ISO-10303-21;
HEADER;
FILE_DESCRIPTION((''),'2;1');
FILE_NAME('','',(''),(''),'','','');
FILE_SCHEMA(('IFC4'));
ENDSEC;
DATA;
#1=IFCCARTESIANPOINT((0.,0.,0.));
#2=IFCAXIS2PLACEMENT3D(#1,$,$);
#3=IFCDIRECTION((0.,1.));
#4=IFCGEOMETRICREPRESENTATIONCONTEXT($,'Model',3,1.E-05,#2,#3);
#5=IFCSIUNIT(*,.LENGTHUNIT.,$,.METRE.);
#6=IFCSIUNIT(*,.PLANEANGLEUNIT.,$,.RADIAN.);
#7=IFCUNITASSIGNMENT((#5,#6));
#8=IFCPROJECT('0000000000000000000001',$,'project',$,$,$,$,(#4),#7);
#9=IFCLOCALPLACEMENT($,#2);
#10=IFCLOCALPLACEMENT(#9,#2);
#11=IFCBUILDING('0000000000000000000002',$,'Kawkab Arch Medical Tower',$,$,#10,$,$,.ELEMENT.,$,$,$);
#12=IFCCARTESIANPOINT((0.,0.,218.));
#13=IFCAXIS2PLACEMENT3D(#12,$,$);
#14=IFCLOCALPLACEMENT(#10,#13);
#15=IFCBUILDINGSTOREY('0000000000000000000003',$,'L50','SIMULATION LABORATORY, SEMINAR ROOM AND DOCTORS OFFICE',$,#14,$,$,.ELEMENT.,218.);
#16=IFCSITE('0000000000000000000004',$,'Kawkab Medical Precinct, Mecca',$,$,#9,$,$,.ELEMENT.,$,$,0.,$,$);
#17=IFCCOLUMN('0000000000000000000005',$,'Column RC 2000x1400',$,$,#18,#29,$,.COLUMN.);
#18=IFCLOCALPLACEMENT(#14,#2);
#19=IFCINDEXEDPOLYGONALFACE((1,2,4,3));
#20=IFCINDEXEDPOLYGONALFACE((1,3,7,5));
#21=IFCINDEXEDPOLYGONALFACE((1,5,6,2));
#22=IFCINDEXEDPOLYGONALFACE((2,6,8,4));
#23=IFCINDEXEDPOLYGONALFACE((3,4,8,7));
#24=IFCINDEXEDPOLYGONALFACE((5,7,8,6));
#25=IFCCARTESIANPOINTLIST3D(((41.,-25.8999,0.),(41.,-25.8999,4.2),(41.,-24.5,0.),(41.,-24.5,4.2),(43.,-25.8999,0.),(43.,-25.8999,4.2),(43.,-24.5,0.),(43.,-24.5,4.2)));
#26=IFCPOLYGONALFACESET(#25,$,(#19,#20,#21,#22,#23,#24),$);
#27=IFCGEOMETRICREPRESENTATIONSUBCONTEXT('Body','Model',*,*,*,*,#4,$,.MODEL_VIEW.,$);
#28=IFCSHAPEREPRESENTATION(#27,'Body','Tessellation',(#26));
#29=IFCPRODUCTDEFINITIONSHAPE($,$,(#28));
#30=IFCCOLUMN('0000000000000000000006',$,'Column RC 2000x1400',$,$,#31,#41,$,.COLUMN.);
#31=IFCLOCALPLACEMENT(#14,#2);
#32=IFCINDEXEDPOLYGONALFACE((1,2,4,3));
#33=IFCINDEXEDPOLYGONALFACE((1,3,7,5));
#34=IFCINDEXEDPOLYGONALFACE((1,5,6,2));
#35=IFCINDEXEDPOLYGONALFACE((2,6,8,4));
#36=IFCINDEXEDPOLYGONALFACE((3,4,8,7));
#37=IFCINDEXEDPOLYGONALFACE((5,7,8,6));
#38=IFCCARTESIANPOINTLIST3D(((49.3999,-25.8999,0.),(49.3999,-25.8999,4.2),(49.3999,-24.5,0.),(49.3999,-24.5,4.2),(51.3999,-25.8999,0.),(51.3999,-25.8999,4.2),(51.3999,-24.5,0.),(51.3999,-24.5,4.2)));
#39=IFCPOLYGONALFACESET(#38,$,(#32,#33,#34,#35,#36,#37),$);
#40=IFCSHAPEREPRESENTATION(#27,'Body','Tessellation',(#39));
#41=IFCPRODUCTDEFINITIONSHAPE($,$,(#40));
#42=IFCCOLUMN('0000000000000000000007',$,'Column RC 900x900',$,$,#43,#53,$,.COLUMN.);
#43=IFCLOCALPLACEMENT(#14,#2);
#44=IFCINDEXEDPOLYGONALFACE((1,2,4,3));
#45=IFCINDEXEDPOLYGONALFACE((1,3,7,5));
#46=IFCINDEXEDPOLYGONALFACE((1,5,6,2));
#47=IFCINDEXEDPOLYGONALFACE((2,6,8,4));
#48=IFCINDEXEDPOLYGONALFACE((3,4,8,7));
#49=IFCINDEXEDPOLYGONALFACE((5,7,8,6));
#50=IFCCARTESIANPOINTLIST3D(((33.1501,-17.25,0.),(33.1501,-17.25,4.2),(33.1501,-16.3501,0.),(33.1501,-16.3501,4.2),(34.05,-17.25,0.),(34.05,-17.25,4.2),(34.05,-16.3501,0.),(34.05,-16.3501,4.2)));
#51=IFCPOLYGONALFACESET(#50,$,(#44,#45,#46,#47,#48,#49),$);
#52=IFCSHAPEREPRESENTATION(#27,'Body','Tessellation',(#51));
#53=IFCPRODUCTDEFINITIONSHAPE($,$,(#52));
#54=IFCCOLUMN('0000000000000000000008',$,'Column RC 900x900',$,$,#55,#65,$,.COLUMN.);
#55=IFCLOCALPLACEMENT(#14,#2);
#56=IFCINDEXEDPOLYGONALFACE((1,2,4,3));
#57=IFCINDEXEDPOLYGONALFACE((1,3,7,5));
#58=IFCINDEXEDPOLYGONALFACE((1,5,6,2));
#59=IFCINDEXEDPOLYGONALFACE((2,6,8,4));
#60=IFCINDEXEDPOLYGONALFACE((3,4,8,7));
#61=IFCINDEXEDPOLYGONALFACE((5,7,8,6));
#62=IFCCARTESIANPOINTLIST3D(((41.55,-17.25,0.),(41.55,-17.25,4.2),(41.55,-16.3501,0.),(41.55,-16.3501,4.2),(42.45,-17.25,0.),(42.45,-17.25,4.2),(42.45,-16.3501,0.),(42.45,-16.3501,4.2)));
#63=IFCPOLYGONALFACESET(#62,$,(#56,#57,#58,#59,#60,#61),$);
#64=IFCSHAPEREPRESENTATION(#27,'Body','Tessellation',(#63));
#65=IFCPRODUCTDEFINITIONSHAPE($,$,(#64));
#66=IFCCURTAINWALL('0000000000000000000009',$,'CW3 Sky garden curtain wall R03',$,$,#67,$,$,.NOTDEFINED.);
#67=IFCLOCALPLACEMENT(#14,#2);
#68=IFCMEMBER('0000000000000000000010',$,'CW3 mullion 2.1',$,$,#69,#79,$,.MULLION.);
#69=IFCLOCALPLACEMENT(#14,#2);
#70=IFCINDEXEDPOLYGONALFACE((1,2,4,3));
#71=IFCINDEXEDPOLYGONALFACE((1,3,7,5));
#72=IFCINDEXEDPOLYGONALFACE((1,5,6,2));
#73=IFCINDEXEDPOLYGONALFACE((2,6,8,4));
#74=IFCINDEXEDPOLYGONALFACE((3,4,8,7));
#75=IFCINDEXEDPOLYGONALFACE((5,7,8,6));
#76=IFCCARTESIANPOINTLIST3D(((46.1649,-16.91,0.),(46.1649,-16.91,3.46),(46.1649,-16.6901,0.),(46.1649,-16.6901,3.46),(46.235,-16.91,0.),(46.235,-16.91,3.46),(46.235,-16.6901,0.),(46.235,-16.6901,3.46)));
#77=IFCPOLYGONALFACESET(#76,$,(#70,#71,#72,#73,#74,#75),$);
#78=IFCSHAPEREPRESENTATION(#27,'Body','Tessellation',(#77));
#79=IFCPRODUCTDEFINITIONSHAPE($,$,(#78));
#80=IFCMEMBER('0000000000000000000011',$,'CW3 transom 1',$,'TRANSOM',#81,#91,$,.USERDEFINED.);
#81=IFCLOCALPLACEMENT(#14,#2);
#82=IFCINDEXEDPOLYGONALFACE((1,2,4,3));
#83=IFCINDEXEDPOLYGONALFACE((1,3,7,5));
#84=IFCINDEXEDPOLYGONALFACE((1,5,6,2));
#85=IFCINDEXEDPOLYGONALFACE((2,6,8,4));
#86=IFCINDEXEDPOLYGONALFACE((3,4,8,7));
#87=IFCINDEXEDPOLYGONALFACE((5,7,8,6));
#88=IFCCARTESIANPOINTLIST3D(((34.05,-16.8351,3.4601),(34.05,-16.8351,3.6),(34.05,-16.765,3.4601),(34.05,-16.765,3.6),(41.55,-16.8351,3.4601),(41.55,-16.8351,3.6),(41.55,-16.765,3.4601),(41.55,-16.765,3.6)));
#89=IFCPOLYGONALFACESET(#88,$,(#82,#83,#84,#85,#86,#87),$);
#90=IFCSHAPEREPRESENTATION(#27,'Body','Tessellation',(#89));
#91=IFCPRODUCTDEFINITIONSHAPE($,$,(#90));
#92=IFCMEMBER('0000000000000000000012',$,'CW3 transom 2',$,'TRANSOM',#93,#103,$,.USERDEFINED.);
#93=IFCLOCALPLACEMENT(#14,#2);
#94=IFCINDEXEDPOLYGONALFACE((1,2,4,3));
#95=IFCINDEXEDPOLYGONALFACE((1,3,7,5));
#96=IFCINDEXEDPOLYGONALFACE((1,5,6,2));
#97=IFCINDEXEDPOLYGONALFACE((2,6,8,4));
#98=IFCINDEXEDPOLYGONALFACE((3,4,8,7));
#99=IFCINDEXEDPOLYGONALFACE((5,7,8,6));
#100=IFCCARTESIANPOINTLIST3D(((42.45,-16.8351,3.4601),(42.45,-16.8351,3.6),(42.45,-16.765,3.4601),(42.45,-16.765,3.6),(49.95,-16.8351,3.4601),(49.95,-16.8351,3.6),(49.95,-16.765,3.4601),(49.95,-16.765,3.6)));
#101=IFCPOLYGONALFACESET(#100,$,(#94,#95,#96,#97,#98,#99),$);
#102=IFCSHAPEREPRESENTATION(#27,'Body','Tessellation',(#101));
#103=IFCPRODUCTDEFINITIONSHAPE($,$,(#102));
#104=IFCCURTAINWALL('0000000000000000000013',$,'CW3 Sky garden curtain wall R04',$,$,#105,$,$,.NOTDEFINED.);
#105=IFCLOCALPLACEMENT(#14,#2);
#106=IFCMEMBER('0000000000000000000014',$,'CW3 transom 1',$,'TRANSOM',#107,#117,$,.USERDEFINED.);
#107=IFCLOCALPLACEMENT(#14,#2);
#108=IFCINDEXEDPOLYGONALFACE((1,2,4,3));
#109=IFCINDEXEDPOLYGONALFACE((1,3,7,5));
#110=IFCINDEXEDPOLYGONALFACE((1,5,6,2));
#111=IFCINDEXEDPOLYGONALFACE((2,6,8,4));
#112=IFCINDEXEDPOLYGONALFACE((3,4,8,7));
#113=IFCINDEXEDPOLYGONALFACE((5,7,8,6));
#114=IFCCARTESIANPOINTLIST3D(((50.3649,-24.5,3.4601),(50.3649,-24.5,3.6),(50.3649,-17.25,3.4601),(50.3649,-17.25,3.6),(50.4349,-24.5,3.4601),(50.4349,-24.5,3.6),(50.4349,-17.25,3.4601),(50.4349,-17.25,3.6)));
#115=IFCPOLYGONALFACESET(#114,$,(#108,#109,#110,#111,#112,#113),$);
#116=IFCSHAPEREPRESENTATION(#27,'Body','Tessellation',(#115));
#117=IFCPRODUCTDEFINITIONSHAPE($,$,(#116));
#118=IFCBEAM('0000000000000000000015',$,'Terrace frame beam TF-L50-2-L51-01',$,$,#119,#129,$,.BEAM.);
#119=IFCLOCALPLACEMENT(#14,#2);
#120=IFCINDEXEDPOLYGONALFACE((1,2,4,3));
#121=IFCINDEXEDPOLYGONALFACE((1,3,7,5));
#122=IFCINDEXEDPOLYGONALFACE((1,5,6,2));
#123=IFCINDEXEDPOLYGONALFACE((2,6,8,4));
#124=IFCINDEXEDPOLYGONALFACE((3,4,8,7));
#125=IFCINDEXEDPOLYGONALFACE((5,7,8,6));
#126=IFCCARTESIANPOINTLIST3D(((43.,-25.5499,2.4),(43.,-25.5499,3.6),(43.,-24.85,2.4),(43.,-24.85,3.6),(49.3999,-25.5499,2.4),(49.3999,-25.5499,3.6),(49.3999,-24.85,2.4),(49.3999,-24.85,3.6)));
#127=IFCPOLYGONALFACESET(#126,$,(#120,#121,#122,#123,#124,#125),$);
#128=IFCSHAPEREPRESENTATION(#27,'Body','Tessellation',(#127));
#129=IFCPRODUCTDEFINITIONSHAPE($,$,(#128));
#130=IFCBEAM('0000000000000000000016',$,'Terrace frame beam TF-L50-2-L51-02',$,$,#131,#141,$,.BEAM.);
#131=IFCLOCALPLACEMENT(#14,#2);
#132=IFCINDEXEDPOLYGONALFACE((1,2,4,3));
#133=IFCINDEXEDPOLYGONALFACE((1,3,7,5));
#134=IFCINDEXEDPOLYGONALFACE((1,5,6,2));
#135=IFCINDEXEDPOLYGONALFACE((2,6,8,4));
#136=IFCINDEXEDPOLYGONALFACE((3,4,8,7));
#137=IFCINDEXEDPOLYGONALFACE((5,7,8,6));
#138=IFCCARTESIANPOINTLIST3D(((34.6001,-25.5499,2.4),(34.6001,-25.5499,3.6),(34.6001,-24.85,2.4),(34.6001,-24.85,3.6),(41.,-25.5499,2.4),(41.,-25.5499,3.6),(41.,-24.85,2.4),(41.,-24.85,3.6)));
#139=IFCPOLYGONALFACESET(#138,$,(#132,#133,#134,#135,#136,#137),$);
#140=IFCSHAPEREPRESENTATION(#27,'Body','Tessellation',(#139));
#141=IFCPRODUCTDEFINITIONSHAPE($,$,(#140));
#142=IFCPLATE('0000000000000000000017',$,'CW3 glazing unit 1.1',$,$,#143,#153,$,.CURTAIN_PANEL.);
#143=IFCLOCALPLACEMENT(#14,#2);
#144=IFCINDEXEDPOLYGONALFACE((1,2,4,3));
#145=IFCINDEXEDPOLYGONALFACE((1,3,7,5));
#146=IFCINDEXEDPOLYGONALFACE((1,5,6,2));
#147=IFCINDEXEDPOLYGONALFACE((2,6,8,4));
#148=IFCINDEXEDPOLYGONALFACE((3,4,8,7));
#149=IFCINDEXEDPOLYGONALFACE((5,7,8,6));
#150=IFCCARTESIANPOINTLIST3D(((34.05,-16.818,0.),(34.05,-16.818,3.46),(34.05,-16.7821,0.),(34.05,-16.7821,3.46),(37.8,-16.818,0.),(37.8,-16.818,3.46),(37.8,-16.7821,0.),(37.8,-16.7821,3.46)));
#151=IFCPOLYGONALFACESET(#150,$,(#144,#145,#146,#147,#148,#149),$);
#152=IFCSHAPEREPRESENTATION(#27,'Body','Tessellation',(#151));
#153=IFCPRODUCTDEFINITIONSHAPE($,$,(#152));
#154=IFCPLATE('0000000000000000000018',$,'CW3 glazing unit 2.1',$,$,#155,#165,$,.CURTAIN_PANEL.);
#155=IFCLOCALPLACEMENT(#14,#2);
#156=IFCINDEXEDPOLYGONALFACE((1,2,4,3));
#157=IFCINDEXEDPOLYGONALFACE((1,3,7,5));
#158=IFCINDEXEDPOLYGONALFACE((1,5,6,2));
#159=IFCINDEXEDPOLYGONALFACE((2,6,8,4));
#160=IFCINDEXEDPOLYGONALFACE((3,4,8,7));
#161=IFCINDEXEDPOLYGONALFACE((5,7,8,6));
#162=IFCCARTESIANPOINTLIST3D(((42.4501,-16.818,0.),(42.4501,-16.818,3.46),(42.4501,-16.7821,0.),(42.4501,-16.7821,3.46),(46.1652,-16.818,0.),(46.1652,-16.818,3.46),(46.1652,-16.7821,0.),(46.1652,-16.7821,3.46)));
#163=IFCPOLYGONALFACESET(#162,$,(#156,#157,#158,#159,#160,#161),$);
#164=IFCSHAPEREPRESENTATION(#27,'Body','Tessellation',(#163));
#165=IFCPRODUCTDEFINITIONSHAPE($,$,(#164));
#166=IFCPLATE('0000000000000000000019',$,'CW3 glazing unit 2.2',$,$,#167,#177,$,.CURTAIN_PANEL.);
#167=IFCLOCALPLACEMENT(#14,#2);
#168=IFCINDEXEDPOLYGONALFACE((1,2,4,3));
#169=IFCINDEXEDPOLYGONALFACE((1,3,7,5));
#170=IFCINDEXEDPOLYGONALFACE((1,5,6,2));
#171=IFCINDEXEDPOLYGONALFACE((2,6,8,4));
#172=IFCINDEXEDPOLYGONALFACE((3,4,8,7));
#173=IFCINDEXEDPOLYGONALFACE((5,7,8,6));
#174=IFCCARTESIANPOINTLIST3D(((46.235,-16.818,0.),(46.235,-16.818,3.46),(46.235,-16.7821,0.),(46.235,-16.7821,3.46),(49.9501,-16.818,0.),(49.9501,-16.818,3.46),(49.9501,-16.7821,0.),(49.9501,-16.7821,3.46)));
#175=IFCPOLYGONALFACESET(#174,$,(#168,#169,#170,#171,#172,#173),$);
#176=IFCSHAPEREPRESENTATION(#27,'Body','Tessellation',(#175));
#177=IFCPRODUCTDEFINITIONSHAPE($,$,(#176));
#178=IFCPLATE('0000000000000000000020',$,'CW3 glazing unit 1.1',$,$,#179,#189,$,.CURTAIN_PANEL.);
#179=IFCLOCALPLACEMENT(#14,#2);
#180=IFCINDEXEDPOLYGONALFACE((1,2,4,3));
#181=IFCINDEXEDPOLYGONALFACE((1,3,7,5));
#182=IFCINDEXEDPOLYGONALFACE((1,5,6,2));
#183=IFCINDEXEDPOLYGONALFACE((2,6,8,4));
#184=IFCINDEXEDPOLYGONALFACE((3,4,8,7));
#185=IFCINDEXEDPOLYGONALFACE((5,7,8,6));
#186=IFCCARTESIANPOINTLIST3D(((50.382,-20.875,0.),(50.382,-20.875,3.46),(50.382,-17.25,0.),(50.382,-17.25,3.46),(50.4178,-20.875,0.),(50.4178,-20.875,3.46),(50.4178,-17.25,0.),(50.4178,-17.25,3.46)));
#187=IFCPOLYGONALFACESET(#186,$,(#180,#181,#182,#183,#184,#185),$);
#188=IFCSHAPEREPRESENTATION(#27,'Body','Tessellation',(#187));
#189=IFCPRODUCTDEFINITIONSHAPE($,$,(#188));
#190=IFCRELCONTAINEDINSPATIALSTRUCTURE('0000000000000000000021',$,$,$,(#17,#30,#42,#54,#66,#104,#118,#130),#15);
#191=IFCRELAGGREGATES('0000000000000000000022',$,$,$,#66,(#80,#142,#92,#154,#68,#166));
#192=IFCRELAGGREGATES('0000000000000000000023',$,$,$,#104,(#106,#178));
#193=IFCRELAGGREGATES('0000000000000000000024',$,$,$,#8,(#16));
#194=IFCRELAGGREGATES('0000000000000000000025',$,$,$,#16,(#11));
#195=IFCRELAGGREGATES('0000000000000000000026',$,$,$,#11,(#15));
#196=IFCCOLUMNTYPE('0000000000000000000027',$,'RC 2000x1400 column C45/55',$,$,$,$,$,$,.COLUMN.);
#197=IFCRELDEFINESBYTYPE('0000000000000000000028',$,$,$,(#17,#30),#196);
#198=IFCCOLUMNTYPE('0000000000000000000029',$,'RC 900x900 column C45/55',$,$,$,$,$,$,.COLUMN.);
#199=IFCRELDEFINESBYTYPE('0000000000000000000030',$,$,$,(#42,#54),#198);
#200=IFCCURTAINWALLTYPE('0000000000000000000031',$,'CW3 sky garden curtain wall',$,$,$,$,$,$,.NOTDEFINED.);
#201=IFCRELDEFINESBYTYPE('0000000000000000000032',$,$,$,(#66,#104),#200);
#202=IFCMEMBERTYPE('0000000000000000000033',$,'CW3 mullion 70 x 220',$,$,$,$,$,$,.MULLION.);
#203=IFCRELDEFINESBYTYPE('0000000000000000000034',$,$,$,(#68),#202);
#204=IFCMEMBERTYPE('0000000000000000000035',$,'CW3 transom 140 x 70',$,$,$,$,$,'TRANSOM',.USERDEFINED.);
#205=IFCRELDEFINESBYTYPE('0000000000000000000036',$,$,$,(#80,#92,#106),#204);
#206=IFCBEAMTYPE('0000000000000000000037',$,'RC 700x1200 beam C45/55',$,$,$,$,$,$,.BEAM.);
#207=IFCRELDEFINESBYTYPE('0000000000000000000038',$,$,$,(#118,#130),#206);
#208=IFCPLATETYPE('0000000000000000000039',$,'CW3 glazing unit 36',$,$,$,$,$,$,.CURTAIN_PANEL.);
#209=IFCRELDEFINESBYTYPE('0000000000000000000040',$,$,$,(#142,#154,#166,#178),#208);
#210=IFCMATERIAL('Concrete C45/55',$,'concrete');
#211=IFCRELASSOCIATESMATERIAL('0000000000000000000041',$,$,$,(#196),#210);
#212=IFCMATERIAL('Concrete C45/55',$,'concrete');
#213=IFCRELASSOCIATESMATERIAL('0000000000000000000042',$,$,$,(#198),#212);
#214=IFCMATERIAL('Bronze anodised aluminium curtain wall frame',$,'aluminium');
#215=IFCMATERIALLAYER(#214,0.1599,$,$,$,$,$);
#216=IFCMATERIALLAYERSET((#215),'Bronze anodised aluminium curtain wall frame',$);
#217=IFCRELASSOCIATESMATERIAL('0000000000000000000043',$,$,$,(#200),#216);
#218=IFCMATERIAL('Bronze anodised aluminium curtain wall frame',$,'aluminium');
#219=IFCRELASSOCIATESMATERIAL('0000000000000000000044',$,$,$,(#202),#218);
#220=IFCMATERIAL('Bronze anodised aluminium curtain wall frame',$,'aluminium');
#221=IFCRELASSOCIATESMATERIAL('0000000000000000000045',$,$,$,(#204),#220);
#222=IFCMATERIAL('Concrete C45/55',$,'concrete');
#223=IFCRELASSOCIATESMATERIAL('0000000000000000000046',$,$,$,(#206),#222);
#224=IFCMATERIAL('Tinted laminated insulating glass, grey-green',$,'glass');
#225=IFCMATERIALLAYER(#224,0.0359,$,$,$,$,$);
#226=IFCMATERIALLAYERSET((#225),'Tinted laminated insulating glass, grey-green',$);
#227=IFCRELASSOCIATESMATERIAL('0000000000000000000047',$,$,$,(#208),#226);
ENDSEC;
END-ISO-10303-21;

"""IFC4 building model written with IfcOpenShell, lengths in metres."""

from ifc_helpers import new_model, si_unit, direction, frame, origin, origin_2d, place, context, subcontext, project, spatial, rectangle, extrude, material, layer, layer_set, material_profile, profile_set, type_object, element, aggregate, save


model = new_model("IFC4")

# Units and contexts
model_context = context("Model", 3, precision=1e-05, world=origin(), true_north=direction((0.0, 1.0)))
body_context = subcontext(model_context, "Body", "Model", "MODEL_VIEW")
ifc_project = project(units=[si_unit("LENGTHUNIT", "METRE"), si_unit("PLANEANGLEUNIT", "RADIAN")], contexts=[model_context])

# Site, building, storey
site_placement = place(None, origin())
site = spatial("IfcSite", under=ifc_project, at=site_placement, Name="Kawkab Medical Precinct, Mecca", CompositionType="ELEMENT", RefElevation=0.0)
building_placement = place(site_placement, origin())
building = spatial("IfcBuilding", under=site, at=building_placement, Name="Kawkab Arch Medical Tower", CompositionType="ELEMENT")
storey_placement = place(building_placement, frame((0.0, 0.0, 218.0)))
storey = spatial("IfcBuildingStorey", under=building, at=storey_placement, Name="L50", Description="SIMULATION LABORATORY, SEMINAR ROOM AND DOCTORS OFFICE", CompositionType="ELEMENT", Elevation=218.0)

# Columns
ifc_material_1 = material(Name="Concrete C45/55", Category="concrete")
ifc_material_profile_1 = material_profile(ifc_material_1, rectangle(XDim=2.0, YDim=1.3999, at=origin_2d()), Name="RC 2000x1400")
ifc_profile_set_1 = profile_set([ifc_material_profile_1], Name="Concrete C45/55")
column_type_1 = type_object("IfcColumnType", Name="RC 2000x1400 column C45/55", PredefinedType="COLUMN", material=ifc_profile_set_1)
for number, where, z_axis, x_axis, name in (
    (1, (42.0, -25.2, 0.0), (0.0, 0.0, 1.0), (-1.0, 0.0, 0.0), "Column RC 2000x1400"),
    (2, (50.3999, -25.2, 0.0), (0.0, 0.0, 1.0), (-1.0, 0.0, 0.0), "Column RC 2000x1400"),
):
    element("IfcColumn", number, at=place(storey_placement, frame(where, z_axis=z_axis, x_axis=x_axis)), inside=storey, type_object=column_type_1, Name=name, PredefinedType="COLUMN", context=body_context, shape_type="SweptSolid", body=[
        extrude(rectangle(XDim=2.0, YDim=1.3999, at=origin_2d()), origin(), (0.0, 0.0, 1.0), 4.2),
    ])
ifc_material_2 = material(Name="Concrete C45/55", Category="concrete")
ifc_material_profile_2 = material_profile(ifc_material_2, rectangle(XDim=0.8999, YDim=0.8999, at=origin_2d()), Name="RC 900x900")
ifc_profile_set_2 = profile_set([ifc_material_profile_2], Name="Concrete C45/55")
column_type_2 = type_object("IfcColumnType", Name="RC 900x900 column C45/55", PredefinedType="COLUMN", material=ifc_profile_set_2)
for number, where, z_axis, x_axis, name in (
    (3, (33.6001, -16.8, 0.0), (0.0, 0.0, 1.0), (1.0, 0.0, 0.0), "Column RC 900x900"),
    (4, (42.0, -16.8, 0.0), (0.0, 0.0, 1.0), (1.0, 0.0, 0.0), "Column RC 900x900"),
):
    element("IfcColumn", number, at=place(storey_placement, frame(where, z_axis=z_axis, x_axis=x_axis)), inside=storey, type_object=column_type_2, Name=name, PredefinedType="COLUMN", context=body_context, shape_type="SweptSolid", body=[
        extrude(rectangle(XDim=0.8999, YDim=0.8999, at=origin_2d()), origin(), (0.0, 0.0, 1.0), 4.2),
    ])

# Curtain wall, members
ifc_material_3 = material(Name="Bronze anodised aluminium curtain wall frame", Category="aluminium")
ifc_layer_1 = layer(ifc_material_3, 0.1599)
ifc_layer_set_1 = layer_set([ifc_layer_1], Name="Bronze anodised aluminium curtain wall frame")
curtain_wall_type = type_object("IfcCurtainWallType", Name="CW3 sky garden curtain wall", PredefinedType="NOTDEFINED", material=ifc_layer_set_1)
placement = place(storey_placement, origin())
curtain_wall_1 = element("IfcCurtainWall", 5, at=placement, inside=storey, type_object=curtain_wall_type, Name="CW3 Sky garden curtain wall R03", PredefinedType="NOTDEFINED")
ifc_material_4 = material(Name="Bronze anodised aluminium curtain wall frame", Category="aluminium")
ifc_material_profile_3 = material_profile(ifc_material_4, rectangle(XDim=0.22, YDim=0.0701, at=origin_2d()), Name="AL 70x220")
ifc_profile_set_3 = profile_set([ifc_material_profile_3], Name="Bronze anodised aluminium curtain wall frame")
member_type_1 = type_object("IfcMemberType", Name="CW3 mullion 70 x 220", PredefinedType="MULLION", material=ifc_profile_set_3)
member_1_placement = place(storey_placement, frame((46.2, -16.8, 0.0), z_axis=(0.0, 0.0, 1.0), x_axis=(0.0, 1.0, 0.0)))
member_1 = element("IfcMember", 6, at=member_1_placement, type_object=member_type_1, Name="CW3 mullion 2.1", PredefinedType="MULLION", context=body_context, shape_type="SweptSolid", body=[
    extrude(rectangle(XDim=0.22, YDim=0.0701, at=origin_2d()), origin(), (0.0, 0.0, 1.0), 3.46),
])
ifc_material_5 = material(Name="Bronze anodised aluminium curtain wall frame", Category="aluminium")
ifc_material_profile_4 = material_profile(ifc_material_5, rectangle(XDim=0.0701, YDim=0.1399, at=origin_2d()), Name="AL 70x140")
ifc_profile_set_4 = profile_set([ifc_material_profile_4], Name="Bronze anodised aluminium curtain wall frame")
member_type_2 = type_object("IfcMemberType", Name="CW3 transom 140 x 70", ElementType="TRANSOM", PredefinedType="USERDEFINED", material=ifc_profile_set_4)
member_2_placement = place(storey_placement, frame((34.05, -16.8, 3.53), z_axis=(1.0, 0.0, 0.0), x_axis=(0.0, 1.0, 0.0)))
member_2 = element("IfcMember", 7, at=member_2_placement, type_object=member_type_2, Name="CW3 transom 1", ObjectType="TRANSOM", PredefinedType="USERDEFINED", context=body_context, shape_type="SweptSolid", body=[
    extrude(rectangle(XDim=0.0701, YDim=0.1399, at=origin_2d()), origin(), (0.0, 0.0, 1.0), 7.5),
])
member_3_placement = place(storey_placement, frame((42.45, -16.8, 3.53), z_axis=(1.0, 0.0, 0.0), x_axis=(0.0, 1.0, 0.0)))
member_3 = element("IfcMember", 8, at=member_3_placement, type_object=member_type_2, Name="CW3 transom 2", ObjectType="TRANSOM", PredefinedType="USERDEFINED", context=body_context, shape_type="SweptSolid", body=[
    extrude(rectangle(XDim=0.0701, YDim=0.1399, at=origin_2d()), origin(), (0.0, 0.0, 1.0), 7.5),
])

# Curtain wall, member
curtain_wall_2 = element("IfcCurtainWall", 9, at=placement, inside=storey, type_object=curtain_wall_type, Name="CW3 Sky garden curtain wall R04", PredefinedType="NOTDEFINED")
member_4_placement = place(storey_placement, frame((50.3999, -17.25, 3.53), z_axis=(0.0, -1.0, 0.0), x_axis=(1.0, 0.0, 0.0)))
member_4 = element("IfcMember", 10, at=member_4_placement, type_object=member_type_2, Name="CW3 transom 1", ObjectType="TRANSOM", PredefinedType="USERDEFINED", context=body_context, shape_type="SweptSolid", body=[
    extrude(rectangle(XDim=0.0701, YDim=0.1399, at=origin_2d()), origin(), (0.0, 0.0, 1.0), 7.25),
])

# Beams
ifc_material_6 = material(Name="Concrete C45/55", Category="concrete")
ifc_material_profile_5 = material_profile(ifc_material_6, rectangle(XDim=0.7, YDim=1.2, at=origin_2d()), Name="RC 700x1200")
ifc_profile_set_5 = profile_set([ifc_material_profile_5], Name="Concrete C45/55")
beam_type = type_object("IfcBeamType", Name="RC 700x1200 beam C45/55", PredefinedType="BEAM", material=ifc_profile_set_5)
for number, where, z_axis, x_axis, name in (
    (11, (49.3999, -25.2, 3.0), (-1.0, 0.0, 0.0), (0.0, -1.0, 0.0), "Terrace frame beam TF-L50-2-L51-01"),
    (12, (41.0, -25.2, 3.0), (-1.0, 0.0, 0.0), (0.0, -1.0, 0.0), "Terrace frame beam TF-L50-2-L51-02"),
):
    element("IfcBeam", number, at=place(storey_placement, frame(where, z_axis=z_axis, x_axis=x_axis)), inside=storey, type_object=beam_type, Name=name, PredefinedType="BEAM", context=body_context, shape_type="SweptSolid", body=[
        extrude(rectangle(XDim=0.7, YDim=1.2, at=origin_2d()), origin(), (0.0, 0.0, 1.0), 6.3999),
    ])

# Plates
ifc_material_7 = material(Name="Tinted laminated insulating glass, grey-green", Category="glass")
ifc_layer_2 = layer(ifc_material_7, 0.0359)
ifc_layer_set_2 = layer_set([ifc_layer_2], Name="Tinted laminated insulating glass, grey-green")
plate_type = type_object("IfcPlateType", Name="CW3 glazing unit 36", PredefinedType="CURTAIN_PANEL", material=ifc_layer_set_2)
plate_1_placement = place(storey_placement, frame((35.925, -16.8, 0.0), z_axis=(0.0, 0.0, 1.0), x_axis=(1.0, 0.0, 0.0)))
plate_1 = element("IfcPlate", 13, at=plate_1_placement, type_object=plate_type, Name="CW3 glazing unit 1.1", PredefinedType="CURTAIN_PANEL", context=body_context, shape_type="SweptSolid", body=[
    extrude(rectangle(XDim=3.75, YDim=0.0359, at=origin_2d()), origin(), (0.0, 0.0, 1.0), 3.46),
])
plate_2_placement = place(storey_placement, frame((44.3076, -16.8, 0.0), z_axis=(0.0, 0.0, 1.0), x_axis=(1.0, 0.0, 0.0)))
plate_2 = element("IfcPlate", 14, at=plate_2_placement, type_object=plate_type, Name="CW3 glazing unit 2.1", PredefinedType="CURTAIN_PANEL", context=body_context, shape_type="SweptSolid", body=[
    extrude(rectangle(XDim=3.7151, YDim=0.0359, at=origin_2d()), origin(), (0.0, 0.0, 1.0), 3.46),
])
plate_3_placement = place(storey_placement, frame((48.0925, -16.8, 0.0), z_axis=(0.0, 0.0, 1.0), x_axis=(1.0, 0.0, 0.0)))
plate_3 = element("IfcPlate", 15, at=plate_3_placement, type_object=plate_type, Name="CW3 glazing unit 2.2", PredefinedType="CURTAIN_PANEL", context=body_context, shape_type="SweptSolid", body=[
    extrude(rectangle(XDim=3.7151, YDim=0.0359, at=origin_2d()), origin(), (0.0, 0.0, 1.0), 3.46),
])
aggregate(curtain_wall_1, [member_2, plate_1, member_3, plate_2, member_1, plate_3])
plate_4_placement = place(storey_placement, frame((50.3999, -19.0625, 0.0), z_axis=(0.0, 0.0, 1.0), x_axis=(0.0, -1.0, 0.0)))
plate_4 = element("IfcPlate", 16, at=plate_4_placement, type_object=plate_type, Name="CW3 glazing unit 1.1", PredefinedType="CURTAIN_PANEL", context=body_context, shape_type="SweptSolid", body=[
    extrude(rectangle(XDim=3.625, YDim=0.0359, at=origin_2d()), origin(), (0.0, 0.0, 1.0), 3.46),
])
aggregate(curtain_wall_2, [member_4, plate_4])

save(model, "model.ifc")
